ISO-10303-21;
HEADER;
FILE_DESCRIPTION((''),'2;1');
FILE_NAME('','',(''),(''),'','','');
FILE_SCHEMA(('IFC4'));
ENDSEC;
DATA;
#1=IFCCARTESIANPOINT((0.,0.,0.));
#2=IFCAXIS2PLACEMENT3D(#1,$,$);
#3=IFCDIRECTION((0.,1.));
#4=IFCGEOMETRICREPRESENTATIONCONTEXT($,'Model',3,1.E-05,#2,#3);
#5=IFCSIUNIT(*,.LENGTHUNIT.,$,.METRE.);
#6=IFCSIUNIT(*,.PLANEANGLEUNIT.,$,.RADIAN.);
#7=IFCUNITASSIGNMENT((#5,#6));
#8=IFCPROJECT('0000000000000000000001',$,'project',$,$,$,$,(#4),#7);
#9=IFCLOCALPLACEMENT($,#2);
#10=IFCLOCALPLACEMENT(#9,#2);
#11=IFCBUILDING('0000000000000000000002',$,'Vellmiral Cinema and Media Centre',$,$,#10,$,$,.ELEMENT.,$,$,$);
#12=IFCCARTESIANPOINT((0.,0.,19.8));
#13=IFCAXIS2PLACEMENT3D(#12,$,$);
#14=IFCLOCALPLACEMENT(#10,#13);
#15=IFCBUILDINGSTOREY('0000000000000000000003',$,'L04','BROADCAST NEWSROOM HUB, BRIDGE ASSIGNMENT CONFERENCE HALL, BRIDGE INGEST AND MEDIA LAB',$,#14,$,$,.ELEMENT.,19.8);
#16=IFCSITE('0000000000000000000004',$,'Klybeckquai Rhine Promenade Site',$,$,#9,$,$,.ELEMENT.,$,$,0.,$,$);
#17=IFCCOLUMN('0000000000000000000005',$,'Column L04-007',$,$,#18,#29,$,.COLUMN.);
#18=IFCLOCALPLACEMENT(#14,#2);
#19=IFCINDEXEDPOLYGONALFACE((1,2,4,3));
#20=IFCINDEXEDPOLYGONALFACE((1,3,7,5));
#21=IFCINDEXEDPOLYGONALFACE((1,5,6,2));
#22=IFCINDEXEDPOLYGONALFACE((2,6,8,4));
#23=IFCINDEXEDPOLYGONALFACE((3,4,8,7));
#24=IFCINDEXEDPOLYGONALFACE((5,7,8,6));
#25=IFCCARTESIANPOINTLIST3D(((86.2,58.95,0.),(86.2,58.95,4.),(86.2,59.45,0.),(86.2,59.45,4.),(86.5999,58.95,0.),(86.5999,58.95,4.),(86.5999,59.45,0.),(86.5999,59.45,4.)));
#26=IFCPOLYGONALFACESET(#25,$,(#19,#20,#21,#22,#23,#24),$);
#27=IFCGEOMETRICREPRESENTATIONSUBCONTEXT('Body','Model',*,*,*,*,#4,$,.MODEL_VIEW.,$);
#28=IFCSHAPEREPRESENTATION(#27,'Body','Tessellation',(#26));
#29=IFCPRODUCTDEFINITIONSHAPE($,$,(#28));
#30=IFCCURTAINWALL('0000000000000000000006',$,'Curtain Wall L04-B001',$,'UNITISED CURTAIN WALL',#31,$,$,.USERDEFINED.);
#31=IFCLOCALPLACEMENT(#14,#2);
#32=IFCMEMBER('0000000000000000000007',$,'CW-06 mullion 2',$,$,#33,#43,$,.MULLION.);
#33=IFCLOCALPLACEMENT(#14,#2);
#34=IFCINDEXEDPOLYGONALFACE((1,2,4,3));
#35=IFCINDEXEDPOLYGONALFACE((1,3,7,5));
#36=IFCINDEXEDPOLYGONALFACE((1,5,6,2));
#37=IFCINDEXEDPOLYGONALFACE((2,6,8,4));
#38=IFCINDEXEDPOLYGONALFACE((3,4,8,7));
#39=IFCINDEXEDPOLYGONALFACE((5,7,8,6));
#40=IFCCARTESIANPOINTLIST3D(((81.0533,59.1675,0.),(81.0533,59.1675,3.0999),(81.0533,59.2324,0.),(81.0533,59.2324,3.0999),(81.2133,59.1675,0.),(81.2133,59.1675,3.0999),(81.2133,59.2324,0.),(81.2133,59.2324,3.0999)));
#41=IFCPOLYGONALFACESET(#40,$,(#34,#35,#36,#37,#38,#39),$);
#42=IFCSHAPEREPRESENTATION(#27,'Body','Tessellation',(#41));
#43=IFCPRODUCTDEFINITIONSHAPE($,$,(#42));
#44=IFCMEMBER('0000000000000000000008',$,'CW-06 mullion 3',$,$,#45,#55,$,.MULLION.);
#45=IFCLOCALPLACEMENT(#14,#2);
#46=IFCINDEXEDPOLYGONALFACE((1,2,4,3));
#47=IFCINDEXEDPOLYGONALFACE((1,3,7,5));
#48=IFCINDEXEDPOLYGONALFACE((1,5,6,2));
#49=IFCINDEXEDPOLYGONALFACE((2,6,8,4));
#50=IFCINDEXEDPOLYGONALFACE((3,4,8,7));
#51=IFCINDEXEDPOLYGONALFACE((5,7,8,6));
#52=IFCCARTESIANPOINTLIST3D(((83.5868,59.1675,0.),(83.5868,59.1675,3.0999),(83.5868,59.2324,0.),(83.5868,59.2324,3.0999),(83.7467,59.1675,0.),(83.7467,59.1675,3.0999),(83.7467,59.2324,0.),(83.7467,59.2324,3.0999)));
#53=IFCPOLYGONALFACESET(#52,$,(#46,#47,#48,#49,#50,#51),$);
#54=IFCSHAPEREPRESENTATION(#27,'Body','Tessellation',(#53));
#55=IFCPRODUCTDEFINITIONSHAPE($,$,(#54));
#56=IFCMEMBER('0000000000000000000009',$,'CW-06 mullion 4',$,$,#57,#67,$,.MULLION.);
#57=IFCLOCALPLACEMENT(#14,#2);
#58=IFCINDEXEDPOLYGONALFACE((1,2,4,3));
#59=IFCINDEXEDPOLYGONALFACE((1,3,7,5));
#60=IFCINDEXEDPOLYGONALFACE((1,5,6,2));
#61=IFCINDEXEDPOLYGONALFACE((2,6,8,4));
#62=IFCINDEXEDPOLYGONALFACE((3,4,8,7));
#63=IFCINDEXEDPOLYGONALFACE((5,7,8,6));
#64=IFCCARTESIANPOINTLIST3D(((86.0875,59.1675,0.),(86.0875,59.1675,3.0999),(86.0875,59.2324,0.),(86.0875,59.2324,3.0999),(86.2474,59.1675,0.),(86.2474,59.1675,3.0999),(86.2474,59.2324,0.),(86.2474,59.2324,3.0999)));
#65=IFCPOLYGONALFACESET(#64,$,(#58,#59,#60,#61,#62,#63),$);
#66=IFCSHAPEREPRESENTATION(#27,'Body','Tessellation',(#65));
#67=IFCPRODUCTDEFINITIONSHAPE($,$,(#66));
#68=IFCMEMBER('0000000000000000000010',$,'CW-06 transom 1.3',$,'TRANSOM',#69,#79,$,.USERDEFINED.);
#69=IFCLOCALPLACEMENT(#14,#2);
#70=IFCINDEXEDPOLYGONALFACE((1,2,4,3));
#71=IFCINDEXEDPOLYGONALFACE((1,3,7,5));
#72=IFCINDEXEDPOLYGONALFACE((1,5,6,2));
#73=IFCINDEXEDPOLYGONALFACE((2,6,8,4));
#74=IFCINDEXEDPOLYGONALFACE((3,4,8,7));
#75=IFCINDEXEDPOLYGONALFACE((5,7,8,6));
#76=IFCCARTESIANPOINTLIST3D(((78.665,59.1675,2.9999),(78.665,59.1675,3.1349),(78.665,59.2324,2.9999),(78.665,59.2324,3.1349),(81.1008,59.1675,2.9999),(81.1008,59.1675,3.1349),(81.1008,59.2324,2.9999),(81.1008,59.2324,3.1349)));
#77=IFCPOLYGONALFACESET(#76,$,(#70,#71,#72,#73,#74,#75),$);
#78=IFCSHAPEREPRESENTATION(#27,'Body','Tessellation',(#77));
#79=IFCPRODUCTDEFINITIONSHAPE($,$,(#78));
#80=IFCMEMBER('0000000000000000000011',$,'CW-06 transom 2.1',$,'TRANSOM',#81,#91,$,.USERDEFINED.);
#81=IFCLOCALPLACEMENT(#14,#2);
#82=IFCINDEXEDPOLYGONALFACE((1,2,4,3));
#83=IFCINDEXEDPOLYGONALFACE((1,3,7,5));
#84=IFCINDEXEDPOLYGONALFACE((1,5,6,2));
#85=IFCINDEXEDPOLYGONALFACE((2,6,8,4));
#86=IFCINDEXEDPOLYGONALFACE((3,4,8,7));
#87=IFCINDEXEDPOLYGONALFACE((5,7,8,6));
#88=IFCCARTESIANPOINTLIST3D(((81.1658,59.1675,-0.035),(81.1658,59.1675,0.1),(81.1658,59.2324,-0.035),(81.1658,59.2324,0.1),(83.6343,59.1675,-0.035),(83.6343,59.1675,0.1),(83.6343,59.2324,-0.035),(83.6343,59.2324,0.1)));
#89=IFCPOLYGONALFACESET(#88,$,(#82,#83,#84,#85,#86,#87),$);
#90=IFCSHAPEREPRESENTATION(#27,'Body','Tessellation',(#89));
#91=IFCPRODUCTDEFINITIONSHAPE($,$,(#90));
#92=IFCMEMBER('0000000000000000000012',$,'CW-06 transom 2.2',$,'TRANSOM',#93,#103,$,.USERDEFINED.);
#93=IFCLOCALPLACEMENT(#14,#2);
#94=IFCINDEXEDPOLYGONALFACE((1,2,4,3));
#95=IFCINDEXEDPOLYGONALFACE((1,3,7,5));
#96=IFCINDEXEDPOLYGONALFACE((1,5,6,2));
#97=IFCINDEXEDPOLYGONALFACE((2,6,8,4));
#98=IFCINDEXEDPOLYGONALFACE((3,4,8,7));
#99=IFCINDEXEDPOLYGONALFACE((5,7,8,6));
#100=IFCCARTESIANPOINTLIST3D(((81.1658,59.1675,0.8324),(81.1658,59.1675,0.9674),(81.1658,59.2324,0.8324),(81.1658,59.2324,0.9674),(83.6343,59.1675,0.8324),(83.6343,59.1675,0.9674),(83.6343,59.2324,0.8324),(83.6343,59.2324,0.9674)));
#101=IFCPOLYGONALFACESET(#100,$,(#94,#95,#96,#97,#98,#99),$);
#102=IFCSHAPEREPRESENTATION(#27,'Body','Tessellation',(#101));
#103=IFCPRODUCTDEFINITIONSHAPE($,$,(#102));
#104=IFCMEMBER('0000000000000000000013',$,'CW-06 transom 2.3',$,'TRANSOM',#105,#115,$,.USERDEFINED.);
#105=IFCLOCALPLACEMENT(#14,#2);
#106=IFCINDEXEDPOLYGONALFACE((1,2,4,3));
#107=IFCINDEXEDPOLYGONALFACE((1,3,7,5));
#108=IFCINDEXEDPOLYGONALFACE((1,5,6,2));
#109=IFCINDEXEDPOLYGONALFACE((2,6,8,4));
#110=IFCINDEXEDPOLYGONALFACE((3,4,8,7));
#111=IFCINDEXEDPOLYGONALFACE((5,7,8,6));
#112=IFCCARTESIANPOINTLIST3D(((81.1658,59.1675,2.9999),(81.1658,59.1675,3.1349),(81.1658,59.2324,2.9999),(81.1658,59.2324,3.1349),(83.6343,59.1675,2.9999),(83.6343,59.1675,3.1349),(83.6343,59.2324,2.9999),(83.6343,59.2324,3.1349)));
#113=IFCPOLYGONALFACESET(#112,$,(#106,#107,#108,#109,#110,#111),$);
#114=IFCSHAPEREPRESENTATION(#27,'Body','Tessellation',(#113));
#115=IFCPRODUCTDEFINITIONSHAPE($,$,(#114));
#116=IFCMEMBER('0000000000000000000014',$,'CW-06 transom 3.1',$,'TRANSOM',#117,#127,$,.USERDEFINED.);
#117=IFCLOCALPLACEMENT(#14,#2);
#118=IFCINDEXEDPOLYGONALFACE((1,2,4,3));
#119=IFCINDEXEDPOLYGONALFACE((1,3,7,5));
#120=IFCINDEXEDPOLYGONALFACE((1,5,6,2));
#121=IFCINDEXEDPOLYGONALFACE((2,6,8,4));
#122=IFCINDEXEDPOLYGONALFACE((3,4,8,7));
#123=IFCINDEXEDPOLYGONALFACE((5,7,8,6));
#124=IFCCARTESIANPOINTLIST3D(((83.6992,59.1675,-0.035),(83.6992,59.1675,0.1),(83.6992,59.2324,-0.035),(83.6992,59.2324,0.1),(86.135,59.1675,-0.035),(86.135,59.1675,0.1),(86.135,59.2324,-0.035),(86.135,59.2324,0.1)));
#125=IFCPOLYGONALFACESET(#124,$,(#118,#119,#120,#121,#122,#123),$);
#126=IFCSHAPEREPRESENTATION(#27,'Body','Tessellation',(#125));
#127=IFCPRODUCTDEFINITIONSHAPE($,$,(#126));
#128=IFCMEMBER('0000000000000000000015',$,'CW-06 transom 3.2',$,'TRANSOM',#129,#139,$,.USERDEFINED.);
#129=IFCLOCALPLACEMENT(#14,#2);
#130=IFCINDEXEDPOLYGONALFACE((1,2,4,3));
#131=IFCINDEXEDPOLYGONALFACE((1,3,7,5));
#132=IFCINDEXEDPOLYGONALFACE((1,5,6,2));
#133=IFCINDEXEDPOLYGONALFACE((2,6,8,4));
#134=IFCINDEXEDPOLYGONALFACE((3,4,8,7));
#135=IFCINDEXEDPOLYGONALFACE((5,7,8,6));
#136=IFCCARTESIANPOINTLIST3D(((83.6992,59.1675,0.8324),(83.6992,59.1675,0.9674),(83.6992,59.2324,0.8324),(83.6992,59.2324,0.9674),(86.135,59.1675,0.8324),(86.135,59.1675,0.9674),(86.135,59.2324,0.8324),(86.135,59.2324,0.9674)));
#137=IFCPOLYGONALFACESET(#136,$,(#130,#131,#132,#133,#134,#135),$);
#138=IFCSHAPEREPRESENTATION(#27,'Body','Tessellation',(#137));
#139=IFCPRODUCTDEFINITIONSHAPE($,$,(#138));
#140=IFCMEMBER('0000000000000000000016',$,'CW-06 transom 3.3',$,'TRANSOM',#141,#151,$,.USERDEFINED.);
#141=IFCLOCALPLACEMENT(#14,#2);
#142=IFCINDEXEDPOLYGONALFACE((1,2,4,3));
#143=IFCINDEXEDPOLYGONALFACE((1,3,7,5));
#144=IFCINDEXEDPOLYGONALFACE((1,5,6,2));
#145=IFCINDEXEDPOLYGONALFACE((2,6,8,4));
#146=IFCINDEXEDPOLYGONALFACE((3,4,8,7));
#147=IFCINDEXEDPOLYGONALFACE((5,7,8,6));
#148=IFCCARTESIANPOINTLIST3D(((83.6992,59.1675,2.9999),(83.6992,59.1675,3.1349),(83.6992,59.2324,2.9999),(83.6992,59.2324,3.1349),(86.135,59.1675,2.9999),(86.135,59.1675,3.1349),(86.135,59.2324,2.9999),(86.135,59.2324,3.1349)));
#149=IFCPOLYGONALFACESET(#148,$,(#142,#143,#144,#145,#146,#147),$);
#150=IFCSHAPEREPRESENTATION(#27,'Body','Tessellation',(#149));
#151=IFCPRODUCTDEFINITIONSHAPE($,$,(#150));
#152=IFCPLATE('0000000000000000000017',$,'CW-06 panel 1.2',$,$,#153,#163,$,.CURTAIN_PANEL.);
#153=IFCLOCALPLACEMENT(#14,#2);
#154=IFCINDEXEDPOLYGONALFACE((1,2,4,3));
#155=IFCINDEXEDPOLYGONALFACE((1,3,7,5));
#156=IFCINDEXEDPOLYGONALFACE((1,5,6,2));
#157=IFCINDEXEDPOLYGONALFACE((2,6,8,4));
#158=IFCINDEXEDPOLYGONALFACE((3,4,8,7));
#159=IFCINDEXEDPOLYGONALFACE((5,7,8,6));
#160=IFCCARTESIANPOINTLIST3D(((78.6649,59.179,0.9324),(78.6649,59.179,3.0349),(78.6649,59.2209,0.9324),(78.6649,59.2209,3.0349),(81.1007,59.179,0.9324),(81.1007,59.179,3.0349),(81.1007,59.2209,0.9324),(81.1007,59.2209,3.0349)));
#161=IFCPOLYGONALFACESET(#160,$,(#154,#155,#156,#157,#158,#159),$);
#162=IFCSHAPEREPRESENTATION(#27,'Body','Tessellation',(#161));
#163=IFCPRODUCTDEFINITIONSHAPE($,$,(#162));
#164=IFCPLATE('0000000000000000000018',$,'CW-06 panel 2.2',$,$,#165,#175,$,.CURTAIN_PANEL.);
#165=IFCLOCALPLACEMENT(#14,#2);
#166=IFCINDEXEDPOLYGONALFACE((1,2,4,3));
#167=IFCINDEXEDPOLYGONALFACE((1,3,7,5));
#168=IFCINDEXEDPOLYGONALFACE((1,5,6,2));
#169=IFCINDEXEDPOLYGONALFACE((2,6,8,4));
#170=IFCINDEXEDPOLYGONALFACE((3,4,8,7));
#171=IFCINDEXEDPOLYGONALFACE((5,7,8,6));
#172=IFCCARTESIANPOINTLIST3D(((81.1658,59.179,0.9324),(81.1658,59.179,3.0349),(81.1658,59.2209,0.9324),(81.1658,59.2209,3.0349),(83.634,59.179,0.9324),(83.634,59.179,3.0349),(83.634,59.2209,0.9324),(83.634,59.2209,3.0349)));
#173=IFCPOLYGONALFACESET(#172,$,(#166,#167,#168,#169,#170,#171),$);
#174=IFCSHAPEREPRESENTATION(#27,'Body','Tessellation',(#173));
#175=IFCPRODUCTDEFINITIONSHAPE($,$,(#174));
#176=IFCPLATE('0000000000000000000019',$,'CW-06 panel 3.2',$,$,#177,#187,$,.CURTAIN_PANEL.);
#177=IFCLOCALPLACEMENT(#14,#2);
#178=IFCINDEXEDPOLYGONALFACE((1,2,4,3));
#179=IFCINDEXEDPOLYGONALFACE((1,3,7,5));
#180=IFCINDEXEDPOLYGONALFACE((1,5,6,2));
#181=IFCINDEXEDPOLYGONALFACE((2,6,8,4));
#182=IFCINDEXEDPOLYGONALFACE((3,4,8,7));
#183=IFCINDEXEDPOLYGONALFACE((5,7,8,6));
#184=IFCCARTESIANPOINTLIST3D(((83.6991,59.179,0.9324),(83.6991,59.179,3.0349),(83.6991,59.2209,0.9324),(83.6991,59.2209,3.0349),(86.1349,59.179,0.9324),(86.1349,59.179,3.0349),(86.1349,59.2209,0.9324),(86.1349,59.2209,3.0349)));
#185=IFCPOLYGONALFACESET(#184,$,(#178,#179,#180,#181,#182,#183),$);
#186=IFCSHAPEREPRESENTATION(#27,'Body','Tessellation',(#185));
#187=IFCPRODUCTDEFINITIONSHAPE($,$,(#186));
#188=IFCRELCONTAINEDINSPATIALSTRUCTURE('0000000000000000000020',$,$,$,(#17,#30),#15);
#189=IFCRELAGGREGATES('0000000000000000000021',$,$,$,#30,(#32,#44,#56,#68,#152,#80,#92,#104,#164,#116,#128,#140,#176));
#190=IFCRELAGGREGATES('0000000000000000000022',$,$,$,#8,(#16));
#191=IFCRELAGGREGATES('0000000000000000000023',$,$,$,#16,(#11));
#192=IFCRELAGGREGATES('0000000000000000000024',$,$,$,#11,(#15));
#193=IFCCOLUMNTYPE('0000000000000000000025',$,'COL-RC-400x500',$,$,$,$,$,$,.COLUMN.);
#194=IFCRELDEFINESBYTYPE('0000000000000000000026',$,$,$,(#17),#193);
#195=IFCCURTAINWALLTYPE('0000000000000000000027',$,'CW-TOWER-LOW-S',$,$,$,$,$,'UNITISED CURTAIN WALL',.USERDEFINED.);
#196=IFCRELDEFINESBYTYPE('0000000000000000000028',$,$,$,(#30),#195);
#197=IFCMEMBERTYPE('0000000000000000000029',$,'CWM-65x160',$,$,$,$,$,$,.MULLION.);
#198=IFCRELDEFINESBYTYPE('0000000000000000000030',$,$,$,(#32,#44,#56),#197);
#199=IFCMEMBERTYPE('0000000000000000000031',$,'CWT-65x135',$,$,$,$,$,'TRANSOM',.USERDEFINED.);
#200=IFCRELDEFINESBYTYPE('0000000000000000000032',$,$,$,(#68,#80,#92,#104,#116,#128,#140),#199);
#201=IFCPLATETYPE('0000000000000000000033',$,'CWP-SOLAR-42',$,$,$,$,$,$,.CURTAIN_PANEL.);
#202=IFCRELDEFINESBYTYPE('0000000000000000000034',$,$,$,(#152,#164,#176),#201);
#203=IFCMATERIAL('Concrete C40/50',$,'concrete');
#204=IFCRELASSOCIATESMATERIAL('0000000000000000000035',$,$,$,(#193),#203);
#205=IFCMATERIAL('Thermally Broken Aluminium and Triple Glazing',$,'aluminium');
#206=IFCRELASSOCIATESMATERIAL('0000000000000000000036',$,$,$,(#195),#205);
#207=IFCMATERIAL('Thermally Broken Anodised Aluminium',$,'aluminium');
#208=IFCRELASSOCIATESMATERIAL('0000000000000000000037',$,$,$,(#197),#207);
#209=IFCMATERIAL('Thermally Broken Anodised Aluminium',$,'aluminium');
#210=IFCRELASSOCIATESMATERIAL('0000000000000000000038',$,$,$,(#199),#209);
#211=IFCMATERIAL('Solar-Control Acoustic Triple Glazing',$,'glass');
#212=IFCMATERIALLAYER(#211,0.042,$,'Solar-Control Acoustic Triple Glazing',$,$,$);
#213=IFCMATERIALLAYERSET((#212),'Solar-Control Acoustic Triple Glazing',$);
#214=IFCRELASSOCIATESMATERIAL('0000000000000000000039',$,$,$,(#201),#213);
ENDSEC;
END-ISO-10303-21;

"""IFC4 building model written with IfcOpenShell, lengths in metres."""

from ifc_helpers import new_model, si_unit, direction, frame, origin, origin_2d, place, context, subcontext, project, spatial, rectangle, extrude, material, layer, layer_set, material_profile, profile_set, type_object, element, aggregate, save


model = new_model("IFC4")

# Units and contexts
model_context = context("Model", 3, precision=1e-05, world=origin(), true_north=direction((0.0, 1.0)))
body_context = subcontext(model_context, "Body", "Model", "MODEL_VIEW")
ifc_project = project(units=[si_unit("LENGTHUNIT", "METRE"), si_unit("PLANEANGLEUNIT", "RADIAN")], contexts=[model_context])

# Site, building, storey
site_placement = place(None, origin())
site = spatial("IfcSite", under=ifc_project, at=site_placement, Name="Klybeckquai Rhine Promenade Site", CompositionType="ELEMENT", RefElevation=0.0)
building_placement = place(site_placement, origin())
building = spatial("IfcBuilding", under=site, at=building_placement, Name="Vellmiral Cinema and Media Centre", CompositionType="ELEMENT")
storey_placement = place(building_placement, frame((0.0, 0.0, 19.8)))
storey = spatial("IfcBuildingStorey", under=building, at=storey_placement, Name="L04", Description="BROADCAST NEWSROOM HUB, BRIDGE ASSIGNMENT CONFERENCE HALL, BRIDGE INGEST AND MEDIA LAB", CompositionType="ELEMENT", Elevation=19.8)

# Column
ifc_material_1 = material(Name="Concrete C40/50", Category="concrete")
ifc_material_profile_1 = material_profile(ifc_material_1, rectangle(XDim=0.3999, YDim=0.5, at=origin_2d()), Name="RC 400x500")
ifc_profile_set_1 = profile_set([ifc_material_profile_1], Name="Concrete C40/50")
column_type = type_object("IfcColumnType", Name="COL-RC-400x500", PredefinedType="COLUMN", material=ifc_profile_set_1)
column_placement = place(storey_placement, frame((86.3999, 59.2, 0.0), z_axis=(0.0, 0.0, 1.0), x_axis=(1.0, 0.0, 0.0)))
element("IfcColumn", 1, at=column_placement, inside=storey, type_object=column_type, Name="Column L04-007", PredefinedType="COLUMN", context=body_context, shape_type="SweptSolid", body=[
    extrude(rectangle(XDim=0.3999, YDim=0.5, at=origin_2d()), origin(), (0.0, 0.0, 1.0), 4.0),
])

# Curtain wall, members, plates
ifc_material_2 = material(Name="Thermally Broken Aluminium and Triple Glazing", Category="aluminium")
curtain_wall_type = type_object("IfcCurtainWallType", Name="CW-TOWER-LOW-S", ElementType="UNITISED CURTAIN WALL", PredefinedType="USERDEFINED", material=ifc_material_2)
curtain_wall_placement = place(storey_placement, origin())
curtain_wall = element("IfcCurtainWall", 2, at=curtain_wall_placement, inside=storey, type_object=curtain_wall_type, Name="Curtain Wall L04-B001", ObjectType="UNITISED CURTAIN WALL", PredefinedType="USERDEFINED")
ifc_material_3 = material(Name="Thermally Broken Anodised Aluminium", Category="aluminium")
ifc_material_profile_2 = material_profile(ifc_material_3, rectangle(XDim=0.0649, YDim=0.1599, at=origin_2d()), Name="MULL 65x160")
ifc_profile_set_2 = profile_set([ifc_material_profile_2], Name="Thermally Broken Anodised Aluminium")
member_type_1 = type_object("IfcMemberType", Name="CWM-65x160", PredefinedType="MULLION", material=ifc_profile_set_2)
member_1_placement = place(storey_placement, frame((81.1333, 59.2, 0.0), z_axis=(0.0, 0.0, 1.0), x_axis=(0.0, 1.0, 0.0)))
member_1 = element("IfcMember", 3, at=member_1_placement, type_object=member_type_1, Name="CW-06 mullion 2", PredefinedType="MULLION", context=body_context, shape_type="SweptSolid", body=[
    extrude(rectangle(XDim=0.0649, YDim=0.1599, at=origin_2d()), origin(), (0.0, 0.0, 1.0), 3.0999),
])
member_2_placement = place(storey_placement, frame((83.6667, 59.2, 0.0), z_axis=(0.0, 0.0, 1.0), x_axis=(0.0, 1.0, 0.0)))
member_2 = element("IfcMember", 4, at=member_2_placement, type_object=member_type_1, Name="CW-06 mullion 3", PredefinedType="MULLION", context=body_context, shape_type="SweptSolid", body=[
    extrude(rectangle(XDim=0.0649, YDim=0.1599, at=origin_2d()), origin(), (0.0, 0.0, 1.0), 3.0999),
])
member_3_placement = place(storey_placement, frame((86.1675, 59.2, 0.0), z_axis=(0.0, 0.0, 1.0), x_axis=(0.0, 1.0, 0.0)))
member_3 = element("IfcMember", 5, at=member_3_placement, type_object=member_type_1, Name="CW-06 mullion 4", PredefinedType="MULLION", context=body_context, shape_type="SweptSolid", body=[
    extrude(rectangle(XDim=0.0649, YDim=0.1599, at=origin_2d()), origin(), (0.0, 0.0, 1.0), 3.0999),
])
ifc_material_4 = material(Name="Thermally Broken Anodised Aluminium", Category="aluminium")
ifc_material_profile_3 = material_profile(ifc_material_4, rectangle(XDim=0.0649, YDim=0.135, at=origin_2d()), Name="MULL 65x135")
ifc_profile_set_3 = profile_set([ifc_material_profile_3], Name="Thermally Broken Anodised Aluminium")
member_type_2 = type_object("IfcMemberType", Name="CWT-65x135", ElementType="TRANSOM", PredefinedType="USERDEFINED", material=ifc_profile_set_3)
member_4_placement = place(storey_placement, frame((78.665, 59.2, 3.0674), z_axis=(1.0, 0.0, 0.0), x_axis=(0.0, 1.0, 0.0)))
member_4 = element("IfcMember", 6, at=member_4_placement, type_object=member_type_2, Name="CW-06 transom 1.3", ObjectType="TRANSOM", PredefinedType="USERDEFINED", context=body_context, shape_type="SweptSolid", body=[
    extrude(rectangle(XDim=0.0649, YDim=0.135, at=origin_2d()), origin(), (0.0, 0.0, 1.0), 2.4358),
])
member_5_placement = place(storey_placement, frame((81.1658, 59.2, 0.0325), z_axis=(1.0, 0.0, 0.0), x_axis=(0.0, 1.0, 0.0)))
member_5 = element("IfcMember", 7, at=member_5_placement, type_object=member_type_2, Name="CW-06 transom 2.1", ObjectType="TRANSOM", PredefinedType="USERDEFINED", context=body_context, shape_type="SweptSolid", body=[
    extrude(rectangle(XDim=0.0649, YDim=0.135, at=origin_2d()), origin(), (0.0, 0.0, 1.0), 2.4685),
])
member_6_placement = place(storey_placement, frame((81.1658, 59.2, 0.8999), z_axis=(1.0, 0.0, 0.0), x_axis=(0.0, 1.0, 0.0)))
member_6 = element("IfcMember", 8, at=member_6_placement, type_object=member_type_2, Name="CW-06 transom 2.2", ObjectType="TRANSOM", PredefinedType="USERDEFINED", context=body_context, shape_type="SweptSolid", body=[
    extrude(rectangle(XDim=0.0649, YDim=0.135, at=origin_2d()), origin(), (0.0, 0.0, 1.0), 2.4685),
])
member_7_placement = place(storey_placement, frame((81.1658, 59.2, 3.0674), z_axis=(1.0, 0.0, 0.0), x_axis=(0.0, 1.0, 0.0)))
member_7 = element("IfcMember", 9, at=member_7_placement, type_object=member_type_2, Name="CW-06 transom 2.3", ObjectType="TRANSOM", PredefinedType="USERDEFINED", context=body_context, shape_type="SweptSolid", body=[
    extrude(rectangle(XDim=0.0649, YDim=0.135, at=origin_2d()), origin(), (0.0, 0.0, 1.0), 2.4685),
])
member_8_placement = place(storey_placement, frame((83.6992, 59.2, 0.0325), z_axis=(1.0, 0.0, 0.0), x_axis=(0.0, 1.0, 0.0)))
member_8 = element("IfcMember", 10, at=member_8_placement, type_object=member_type_2, Name="CW-06 transom 3.1", ObjectType="TRANSOM", PredefinedType="USERDEFINED", context=body_context, shape_type="SweptSolid", body=[
    extrude(rectangle(XDim=0.0649, YDim=0.135, at=origin_2d()), origin(), (0.0, 0.0, 1.0), 2.4358),
])
member_9_placement = place(storey_placement, frame((83.6992, 59.2, 0.8999), z_axis=(1.0, 0.0, 0.0), x_axis=(0.0, 1.0, 0.0)))
member_9 = element("IfcMember", 11, at=member_9_placement, type_object=member_type_2, Name="CW-06 transom 3.2", ObjectType="TRANSOM", PredefinedType="USERDEFINED", context=body_context, shape_type="SweptSolid", body=[
    extrude(rectangle(XDim=0.0649, YDim=0.135, at=origin_2d()), origin(), (0.0, 0.0, 1.0), 2.4358),
])
member_10_placement = place(storey_placement, frame((83.6992, 59.2, 3.0674), z_axis=(1.0, 0.0, 0.0), x_axis=(0.0, 1.0, 0.0)))
member_10 = element("IfcMember", 12, at=member_10_placement, type_object=member_type_2, Name="CW-06 transom 3.3", ObjectType="TRANSOM", PredefinedType="USERDEFINED", context=body_context, shape_type="SweptSolid", body=[
    extrude(rectangle(XDim=0.0649, YDim=0.135, at=origin_2d()), origin(), (0.0, 0.0, 1.0), 2.4358),
])
ifc_material_5 = material(Name="Solar-Control Acoustic Triple Glazing", Category="glass")
ifc_layer_1 = layer(ifc_material_5, 0.042, Name="Solar-Control Acoustic Triple Glazing")
ifc_layer_set_1 = layer_set([ifc_layer_1], Name="Solar-Control Acoustic Triple Glazing")
plate_type_1 = type_object("IfcPlateType", Name="CWP-SOLAR-42", PredefinedType="CURTAIN_PANEL", material=ifc_layer_set_1)
plate_1_placement = place(storey_placement, frame((79.8828, 59.2, 0.9324), z_axis=(0.0, 0.0, 1.0), x_axis=(1.0, 0.0, 0.0)))
plate_1 = element("IfcPlate", 13, at=plate_1_placement, type_object=plate_type_1, Name="CW-06 panel 1.2", PredefinedType="CURTAIN_PANEL", context=body_context, shape_type="SweptSolid", body=[
    extrude(rectangle(XDim=2.4358, YDim=0.042, at=origin_2d()), origin(), (0.0, 0.0, 1.0), 2.1025),
])
plate_2_placement = place(storey_placement, frame((82.3999, 59.2, 0.9324), z_axis=(0.0, 0.0, 1.0), x_axis=(1.0, 0.0, 0.0)))
plate_2 = element("IfcPlate", 14, at=plate_2_placement, type_object=plate_type_1, Name="CW-06 panel 2.2", PredefinedType="CURTAIN_PANEL", context=body_context, shape_type="SweptSolid", body=[
    extrude(rectangle(XDim=2.4683, YDim=0.042, at=origin_2d()), origin(), (0.0, 0.0, 1.0), 2.1025),
])
plate_3_placement = place(storey_placement, frame((84.917, 59.2, 0.9324), z_axis=(0.0, 0.0, 1.0), x_axis=(1.0, 0.0, 0.0)))
plate_3 = element("IfcPlate", 15, at=plate_3_placement, type_object=plate_type_1, Name="CW-06 panel 3.2", PredefinedType="CURTAIN_PANEL", context=body_context, shape_type="SweptSolid", body=[
    extrude(rectangle(XDim=2.4358, YDim=0.042, at=origin_2d()), origin(), (0.0, 0.0, 1.0), 2.1025),
])
aggregate(curtain_wall, [member_1, member_2, member_3, member_4, plate_1, member_5, member_6, member_7, plate_2, member_8, member_9, member_10, plate_3])

save(model, "model.ifc")
